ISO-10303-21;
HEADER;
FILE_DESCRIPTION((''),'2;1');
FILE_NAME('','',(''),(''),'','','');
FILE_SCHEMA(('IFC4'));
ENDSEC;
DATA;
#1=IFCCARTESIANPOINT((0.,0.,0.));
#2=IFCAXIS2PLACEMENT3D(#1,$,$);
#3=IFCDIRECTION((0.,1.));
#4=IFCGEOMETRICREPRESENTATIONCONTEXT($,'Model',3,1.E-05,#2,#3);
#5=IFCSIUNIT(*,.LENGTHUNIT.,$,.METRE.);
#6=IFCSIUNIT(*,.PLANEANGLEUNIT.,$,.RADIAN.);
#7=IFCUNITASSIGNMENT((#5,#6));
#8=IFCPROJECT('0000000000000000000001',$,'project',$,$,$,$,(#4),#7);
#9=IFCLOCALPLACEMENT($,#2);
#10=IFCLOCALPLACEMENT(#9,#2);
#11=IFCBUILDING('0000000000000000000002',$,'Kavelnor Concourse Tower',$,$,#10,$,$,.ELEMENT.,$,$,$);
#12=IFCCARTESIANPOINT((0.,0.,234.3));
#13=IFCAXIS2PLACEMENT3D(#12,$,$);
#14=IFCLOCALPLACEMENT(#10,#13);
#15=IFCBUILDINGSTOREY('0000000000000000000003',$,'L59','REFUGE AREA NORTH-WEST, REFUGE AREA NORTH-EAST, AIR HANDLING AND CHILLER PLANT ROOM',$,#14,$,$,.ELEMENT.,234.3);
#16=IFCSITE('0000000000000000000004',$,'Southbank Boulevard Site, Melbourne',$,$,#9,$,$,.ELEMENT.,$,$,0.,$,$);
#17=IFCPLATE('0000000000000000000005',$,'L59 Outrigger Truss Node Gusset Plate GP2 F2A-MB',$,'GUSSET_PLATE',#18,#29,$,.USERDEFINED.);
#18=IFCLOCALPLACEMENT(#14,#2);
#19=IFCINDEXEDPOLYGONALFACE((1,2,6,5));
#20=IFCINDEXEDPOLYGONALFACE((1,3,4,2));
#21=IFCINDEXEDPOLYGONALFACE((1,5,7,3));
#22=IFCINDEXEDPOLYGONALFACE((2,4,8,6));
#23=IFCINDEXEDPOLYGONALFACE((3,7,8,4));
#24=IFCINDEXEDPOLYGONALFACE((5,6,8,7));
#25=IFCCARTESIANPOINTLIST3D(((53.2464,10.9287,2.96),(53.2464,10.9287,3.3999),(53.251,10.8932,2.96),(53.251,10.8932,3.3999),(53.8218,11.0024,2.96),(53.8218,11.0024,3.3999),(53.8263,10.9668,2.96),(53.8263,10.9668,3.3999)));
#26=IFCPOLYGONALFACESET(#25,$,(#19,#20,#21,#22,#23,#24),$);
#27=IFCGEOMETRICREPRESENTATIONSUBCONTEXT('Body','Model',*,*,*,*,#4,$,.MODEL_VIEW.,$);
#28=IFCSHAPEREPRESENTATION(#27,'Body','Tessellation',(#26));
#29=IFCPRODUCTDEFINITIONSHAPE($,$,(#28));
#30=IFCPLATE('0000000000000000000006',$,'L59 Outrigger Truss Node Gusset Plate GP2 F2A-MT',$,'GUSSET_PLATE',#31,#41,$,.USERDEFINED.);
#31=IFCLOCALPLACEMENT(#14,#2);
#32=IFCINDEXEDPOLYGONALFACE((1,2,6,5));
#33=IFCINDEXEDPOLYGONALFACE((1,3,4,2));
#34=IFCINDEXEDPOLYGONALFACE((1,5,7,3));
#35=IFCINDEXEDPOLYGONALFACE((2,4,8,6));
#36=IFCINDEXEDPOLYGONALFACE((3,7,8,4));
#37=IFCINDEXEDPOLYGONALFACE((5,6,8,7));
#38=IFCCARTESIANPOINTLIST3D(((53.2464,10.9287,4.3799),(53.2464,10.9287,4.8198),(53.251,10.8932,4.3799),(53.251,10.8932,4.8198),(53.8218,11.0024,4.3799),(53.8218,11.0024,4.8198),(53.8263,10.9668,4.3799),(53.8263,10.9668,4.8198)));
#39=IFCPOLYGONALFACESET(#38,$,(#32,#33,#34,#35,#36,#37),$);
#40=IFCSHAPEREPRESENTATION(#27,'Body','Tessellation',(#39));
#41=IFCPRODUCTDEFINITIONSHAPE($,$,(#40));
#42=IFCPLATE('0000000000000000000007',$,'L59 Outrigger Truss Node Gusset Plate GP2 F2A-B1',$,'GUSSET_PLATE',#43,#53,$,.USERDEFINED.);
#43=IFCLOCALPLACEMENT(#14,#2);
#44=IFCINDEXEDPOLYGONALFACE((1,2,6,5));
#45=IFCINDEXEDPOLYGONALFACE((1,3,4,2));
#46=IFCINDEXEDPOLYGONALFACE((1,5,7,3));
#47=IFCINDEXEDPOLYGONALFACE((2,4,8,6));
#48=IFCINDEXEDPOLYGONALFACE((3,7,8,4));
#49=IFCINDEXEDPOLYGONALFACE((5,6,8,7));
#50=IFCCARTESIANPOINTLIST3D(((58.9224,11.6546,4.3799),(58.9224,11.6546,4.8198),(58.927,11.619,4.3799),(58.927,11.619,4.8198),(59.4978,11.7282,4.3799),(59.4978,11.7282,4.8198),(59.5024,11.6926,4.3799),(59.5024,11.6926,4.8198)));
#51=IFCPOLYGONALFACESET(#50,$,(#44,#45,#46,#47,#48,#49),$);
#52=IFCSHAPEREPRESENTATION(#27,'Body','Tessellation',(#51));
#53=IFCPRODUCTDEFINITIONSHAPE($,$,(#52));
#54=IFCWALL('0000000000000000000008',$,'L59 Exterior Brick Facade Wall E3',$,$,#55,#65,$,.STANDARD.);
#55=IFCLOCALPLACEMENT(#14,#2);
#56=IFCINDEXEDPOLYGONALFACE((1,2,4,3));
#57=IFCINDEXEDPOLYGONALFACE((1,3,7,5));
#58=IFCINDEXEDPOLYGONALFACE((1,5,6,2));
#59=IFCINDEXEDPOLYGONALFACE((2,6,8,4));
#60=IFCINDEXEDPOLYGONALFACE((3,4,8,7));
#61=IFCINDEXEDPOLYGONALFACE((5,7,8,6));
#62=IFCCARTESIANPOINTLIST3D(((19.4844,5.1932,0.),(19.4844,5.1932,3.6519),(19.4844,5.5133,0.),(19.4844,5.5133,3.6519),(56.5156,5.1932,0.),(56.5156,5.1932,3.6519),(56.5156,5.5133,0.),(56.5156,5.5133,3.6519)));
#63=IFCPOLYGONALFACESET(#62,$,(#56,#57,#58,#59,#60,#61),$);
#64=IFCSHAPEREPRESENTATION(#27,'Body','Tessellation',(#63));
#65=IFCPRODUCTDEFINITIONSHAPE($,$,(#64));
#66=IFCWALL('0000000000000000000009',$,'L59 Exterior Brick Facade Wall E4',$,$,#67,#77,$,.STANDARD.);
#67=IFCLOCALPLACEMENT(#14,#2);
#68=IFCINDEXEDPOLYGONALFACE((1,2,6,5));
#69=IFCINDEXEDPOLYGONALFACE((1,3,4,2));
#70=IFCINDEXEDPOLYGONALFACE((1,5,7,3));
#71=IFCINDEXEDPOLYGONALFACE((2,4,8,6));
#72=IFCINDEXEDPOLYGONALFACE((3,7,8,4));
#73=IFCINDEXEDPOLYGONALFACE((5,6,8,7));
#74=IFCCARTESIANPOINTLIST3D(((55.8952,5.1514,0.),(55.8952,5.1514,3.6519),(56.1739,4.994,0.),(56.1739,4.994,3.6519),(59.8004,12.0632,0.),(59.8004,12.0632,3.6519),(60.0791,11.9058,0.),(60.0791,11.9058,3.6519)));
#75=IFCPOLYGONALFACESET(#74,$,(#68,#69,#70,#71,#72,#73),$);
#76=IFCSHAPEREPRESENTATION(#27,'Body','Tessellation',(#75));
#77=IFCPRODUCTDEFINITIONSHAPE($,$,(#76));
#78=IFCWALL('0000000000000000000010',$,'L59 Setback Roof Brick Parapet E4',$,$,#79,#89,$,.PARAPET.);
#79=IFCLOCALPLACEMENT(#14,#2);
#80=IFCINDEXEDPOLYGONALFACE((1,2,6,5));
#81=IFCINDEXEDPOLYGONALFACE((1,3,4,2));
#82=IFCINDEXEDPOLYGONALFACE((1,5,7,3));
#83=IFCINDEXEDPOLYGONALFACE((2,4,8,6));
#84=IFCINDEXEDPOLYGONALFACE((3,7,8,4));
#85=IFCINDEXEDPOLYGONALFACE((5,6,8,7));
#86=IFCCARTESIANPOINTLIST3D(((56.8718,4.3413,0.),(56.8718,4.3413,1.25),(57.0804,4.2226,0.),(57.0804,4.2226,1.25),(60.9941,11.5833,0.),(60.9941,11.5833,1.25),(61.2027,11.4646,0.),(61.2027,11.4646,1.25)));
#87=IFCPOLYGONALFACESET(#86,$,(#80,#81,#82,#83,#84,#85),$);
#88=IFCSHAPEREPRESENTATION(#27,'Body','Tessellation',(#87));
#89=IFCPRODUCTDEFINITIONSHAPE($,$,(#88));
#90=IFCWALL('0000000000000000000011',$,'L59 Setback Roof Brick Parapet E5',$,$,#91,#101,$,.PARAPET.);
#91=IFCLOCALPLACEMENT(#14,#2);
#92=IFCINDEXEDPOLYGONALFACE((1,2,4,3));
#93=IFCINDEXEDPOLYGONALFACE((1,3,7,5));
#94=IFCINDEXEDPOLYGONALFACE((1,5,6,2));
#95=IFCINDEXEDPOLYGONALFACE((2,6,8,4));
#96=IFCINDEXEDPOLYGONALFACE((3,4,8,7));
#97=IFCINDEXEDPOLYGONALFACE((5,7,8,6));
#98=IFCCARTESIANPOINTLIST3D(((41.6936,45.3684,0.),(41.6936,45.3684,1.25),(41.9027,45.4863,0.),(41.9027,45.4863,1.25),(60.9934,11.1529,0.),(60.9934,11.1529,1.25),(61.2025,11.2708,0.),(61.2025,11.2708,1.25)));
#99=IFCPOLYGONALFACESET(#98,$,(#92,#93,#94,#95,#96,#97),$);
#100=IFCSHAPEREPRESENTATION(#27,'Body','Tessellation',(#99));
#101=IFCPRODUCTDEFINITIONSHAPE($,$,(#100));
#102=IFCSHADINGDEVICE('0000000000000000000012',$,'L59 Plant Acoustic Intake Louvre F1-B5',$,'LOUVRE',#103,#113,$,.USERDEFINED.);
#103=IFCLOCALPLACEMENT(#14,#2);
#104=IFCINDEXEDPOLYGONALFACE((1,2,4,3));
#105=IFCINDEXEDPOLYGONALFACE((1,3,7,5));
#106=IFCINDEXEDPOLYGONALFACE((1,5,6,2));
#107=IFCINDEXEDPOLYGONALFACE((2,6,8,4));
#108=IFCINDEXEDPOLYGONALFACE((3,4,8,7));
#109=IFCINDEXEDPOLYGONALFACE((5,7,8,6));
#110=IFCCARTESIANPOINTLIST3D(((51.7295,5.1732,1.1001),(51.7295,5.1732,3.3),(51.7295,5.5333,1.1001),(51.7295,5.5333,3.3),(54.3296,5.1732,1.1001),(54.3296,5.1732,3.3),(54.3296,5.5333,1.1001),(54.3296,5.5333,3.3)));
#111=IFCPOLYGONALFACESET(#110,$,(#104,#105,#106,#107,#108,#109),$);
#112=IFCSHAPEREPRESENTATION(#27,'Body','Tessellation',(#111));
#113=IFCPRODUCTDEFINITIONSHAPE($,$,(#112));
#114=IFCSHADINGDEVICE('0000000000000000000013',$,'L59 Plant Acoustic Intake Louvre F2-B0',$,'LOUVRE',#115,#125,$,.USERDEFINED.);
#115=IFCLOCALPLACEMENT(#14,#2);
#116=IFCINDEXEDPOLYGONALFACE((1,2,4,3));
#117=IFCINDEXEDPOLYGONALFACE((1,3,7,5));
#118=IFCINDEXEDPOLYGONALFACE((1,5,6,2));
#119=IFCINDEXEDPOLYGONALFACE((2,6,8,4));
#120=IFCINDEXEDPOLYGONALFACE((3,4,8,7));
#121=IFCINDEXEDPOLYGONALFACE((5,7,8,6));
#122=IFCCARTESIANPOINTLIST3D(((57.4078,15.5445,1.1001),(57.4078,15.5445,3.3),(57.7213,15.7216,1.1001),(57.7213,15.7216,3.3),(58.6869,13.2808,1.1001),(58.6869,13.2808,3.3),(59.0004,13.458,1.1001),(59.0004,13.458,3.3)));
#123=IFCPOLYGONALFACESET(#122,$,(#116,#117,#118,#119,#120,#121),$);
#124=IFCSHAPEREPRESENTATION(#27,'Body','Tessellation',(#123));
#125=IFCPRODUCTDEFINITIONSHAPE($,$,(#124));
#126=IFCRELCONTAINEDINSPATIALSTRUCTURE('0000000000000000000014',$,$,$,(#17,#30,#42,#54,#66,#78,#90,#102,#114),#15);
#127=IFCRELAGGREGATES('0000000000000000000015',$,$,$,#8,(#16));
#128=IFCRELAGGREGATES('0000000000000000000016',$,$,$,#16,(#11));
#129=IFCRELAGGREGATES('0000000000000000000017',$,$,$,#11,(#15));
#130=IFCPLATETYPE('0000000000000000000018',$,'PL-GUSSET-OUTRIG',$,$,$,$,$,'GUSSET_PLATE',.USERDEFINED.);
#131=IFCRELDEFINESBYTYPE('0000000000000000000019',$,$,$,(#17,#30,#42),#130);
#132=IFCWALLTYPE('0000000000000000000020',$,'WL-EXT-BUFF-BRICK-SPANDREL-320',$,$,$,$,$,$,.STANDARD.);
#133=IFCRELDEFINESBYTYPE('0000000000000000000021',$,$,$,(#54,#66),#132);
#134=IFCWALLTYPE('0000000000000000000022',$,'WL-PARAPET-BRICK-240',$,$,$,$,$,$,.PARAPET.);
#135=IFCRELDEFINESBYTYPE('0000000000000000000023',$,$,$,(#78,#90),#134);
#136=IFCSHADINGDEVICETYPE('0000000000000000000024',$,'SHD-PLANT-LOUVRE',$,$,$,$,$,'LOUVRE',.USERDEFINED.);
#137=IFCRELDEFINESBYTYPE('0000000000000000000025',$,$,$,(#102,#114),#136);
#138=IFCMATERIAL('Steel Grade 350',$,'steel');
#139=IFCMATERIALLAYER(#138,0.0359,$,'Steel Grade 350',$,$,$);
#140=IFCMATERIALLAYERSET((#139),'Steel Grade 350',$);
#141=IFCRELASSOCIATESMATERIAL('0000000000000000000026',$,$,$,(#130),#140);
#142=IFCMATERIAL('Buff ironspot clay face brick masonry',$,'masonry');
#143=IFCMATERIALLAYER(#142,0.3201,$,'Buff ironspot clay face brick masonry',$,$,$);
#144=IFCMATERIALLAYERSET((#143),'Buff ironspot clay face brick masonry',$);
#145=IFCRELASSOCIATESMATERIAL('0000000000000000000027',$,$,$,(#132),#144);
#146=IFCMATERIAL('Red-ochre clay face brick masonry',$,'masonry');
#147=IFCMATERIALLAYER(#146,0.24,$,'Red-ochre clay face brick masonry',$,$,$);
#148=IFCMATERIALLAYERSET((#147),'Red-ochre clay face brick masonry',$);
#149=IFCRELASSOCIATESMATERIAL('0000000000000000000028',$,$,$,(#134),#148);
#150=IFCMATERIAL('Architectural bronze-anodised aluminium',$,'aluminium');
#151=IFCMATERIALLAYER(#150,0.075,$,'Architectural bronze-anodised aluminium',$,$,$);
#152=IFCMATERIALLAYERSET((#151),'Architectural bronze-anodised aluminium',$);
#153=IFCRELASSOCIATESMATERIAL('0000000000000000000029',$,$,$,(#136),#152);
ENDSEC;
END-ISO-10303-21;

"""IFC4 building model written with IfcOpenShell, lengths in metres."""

from ifc_helpers import new_model, si_unit, direction, frame, frame_2d, origin, origin_2d, place, context, subcontext, project, spatial, rectangle, extrude, material, layer, layer_set, type_object, element, save


model = new_model("IFC4")

# Units and contexts
model_context = context("Model", 3, precision=1e-05, world=origin(), true_north=direction((0.0, 1.0)))
body_context = subcontext(model_context, "Body", "Model", "MODEL_VIEW")
ifc_project = project(units=[si_unit("LENGTHUNIT", "METRE"), si_unit("PLANEANGLEUNIT", "RADIAN")], contexts=[model_context])

# Site, building, storey
site_placement = place(None, origin())
site = spatial("IfcSite", under=ifc_project, at=site_placement, Name="Southbank Boulevard Site, Melbourne", CompositionType="ELEMENT", RefElevation=0.0)
building_placement = place(site_placement, origin())
building = spatial("IfcBuilding", under=site, at=building_placement, Name="Kavelnor Concourse Tower", CompositionType="ELEMENT")
storey_placement = place(building_placement, frame((0.0, 0.0, 234.3)))
storey = spatial("IfcBuildingStorey", under=building, at=storey_placement, Name="L59", Description="REFUGE AREA NORTH-WEST, REFUGE AREA NORTH-EAST, AIR HANDLING AND CHILLER PLANT ROOM", CompositionType="ELEMENT", Elevation=234.3)

# Shared definitions
ifc_material_1 = material(Name="Steel Grade 350", Category="steel")

# Plates
ifc_layer_1 = layer(ifc_material_1, 0.0359, Name="Steel Grade 350")
ifc_layer_set_1 = layer_set([ifc_layer_1], Name="Steel Grade 350")
plate_type = type_object("IfcPlateType", Name="PL-GUSSET-OUTRIG", ElementType="GUSSET_PLATE", PredefinedType="USERDEFINED", material=ifc_layer_set_1)
for number, where, z_axis, x_axis, name in (
    (1, (53.5364, 10.9478, 2.96), (0.0, 0.0, 1.0), (0.991917, 0.126891, 0.0), "L59 Outrigger Truss Node Gusset Plate GP2 F2A-MB"),
    (2, (53.5364, 10.9478, 4.3799), (0.0, 0.0, 1.0), (0.991917, 0.126891, 0.0), "L59 Outrigger Truss Node Gusset Plate GP2 F2A-MT"),
    (3, (59.2124, 11.6736, 4.3799), (0.0, 0.0, 1.0), (0.991917, 0.126891, 0.0), "L59 Outrigger Truss Node Gusset Plate GP2 F2A-B1"),
):
    element("IfcPlate", number, at=place(storey_placement, frame(where, z_axis=z_axis, x_axis=x_axis)), inside=storey, type_object=plate_type, Name=name, ObjectType="GUSSET_PLATE", PredefinedType="USERDEFINED", context=body_context, shape_type="SweptSolid", body=[
        extrude(rectangle(XDim=0.5801, YDim=0.0359, at=origin_2d()), origin(), (0.0, 0.0, 1.0), 0.4399),
    ])

# Walls
ifc_material_2 = material(Name="Buff ironspot clay face brick masonry", Category="masonry")
ifc_layer_2 = layer(ifc_material_2, 0.3201, Name="Buff ironspot clay face brick masonry")
ifc_layer_set_2 = layer_set([ifc_layer_2], Name="Buff ironspot clay face brick masonry")
wall_type_1 = type_object("IfcWallType", Name="WL-EXT-BUFF-BRICK-SPANDREL-320", PredefinedType="STANDARD", material=ifc_layer_set_2)
wall_1_placement = place(storey_placement, frame((56.5156, 5.3533, 0.0), z_axis=(0.0, 0.0, 1.0), x_axis=(-1.0, 0.0, 0.0)))
element("IfcWall", 4, at=wall_1_placement, inside=storey, type_object=wall_type_1, Name="L59 Exterior Brick Facade Wall E3", PredefinedType="STANDARD", context=body_context, shape_type="SweptSolid", body=[
    extrude(rectangle(XDim=37.0312, YDim=0.3201, at=frame_2d((18.5156, 0.0))), origin(), (0.0, 0.0, 1.0), 3.6519),
])
wall_2_placement = place(storey_placement, frame((59.9397, 11.9844, 0.0), z_axis=(0.0, 0.0, 1.0), x_axis=(-0.49192, -0.87064, 0.0)))
element("IfcWall", 5, at=wall_2_placement, inside=storey, type_object=wall_type_1, Name="L59 Exterior Brick Facade Wall E4", PredefinedType="STANDARD", context=body_context, shape_type="SweptSolid", body=[
    extrude(rectangle(XDim=7.9387, YDim=0.3201, at=frame_2d((3.9692, 0.0))), origin(), (0.0, 0.0, 1.0), 3.6519),
])
ifc_material_3 = material(Name="Red-ochre clay face brick masonry", Category="masonry")
ifc_layer_3 = layer(ifc_material_3, 0.24, Name="Red-ochre clay face brick masonry")
ifc_layer_set_3 = layer_set([ifc_layer_3], Name="Red-ochre clay face brick masonry")
wall_type_2 = type_object("IfcWallType", Name="WL-PARAPET-BRICK-240", PredefinedType="PARAPET", material=ifc_layer_set_3)
wall_3_placement = place(storey_placement, frame((56.9761, 4.282, 0.0), z_axis=(0.0, 0.0, 1.0), x_axis=(0.494696, 0.869066, 0.0)))
element("IfcWall", 6, at=wall_3_placement, inside=storey, type_object=wall_type_2, Name="L59 Setback Roof Brick Parapet E4", PredefinedType="PARAPET", context=body_context, shape_type="SweptSolid", body=[
    extrude(rectangle(XDim=8.333, YDim=0.24, at=frame_2d((4.1665, 0.0))), origin(), (0.0, 0.0, 1.0), 1.25),
])
wall_4_placement = place(storey_placement, frame((61.0979, 11.2119, 0.0), z_axis=(0.0, 0.0, 1.0), x_axis=(-0.491296, 0.870993, 0.0)))
element("IfcWall", 7, at=wall_4_placement, inside=storey, type_object=wall_type_2, Name="L59 Setback Roof Brick Parapet E5", PredefinedType="PARAPET", context=body_context, shape_type="SweptSolid", body=[
    extrude(rectangle(XDim=39.2834, YDim=0.24, at=frame_2d((19.6416, 0.0))), origin(), (0.0, 0.0, 1.0), 1.25),
])

# Shading devices
ifc_material_4 = material(Name="Architectural bronze-anodised aluminium", Category="aluminium")
ifc_layer_4 = layer(ifc_material_4, 0.075, Name="Architectural bronze-anodised aluminium")
ifc_layer_set_4 = layer_set([ifc_layer_4], Name="Architectural bronze-anodised aluminium")
shading_device_type = type_object("IfcShadingDeviceType", Name="SHD-PLANT-LOUVRE", ElementType="LOUVRE", PredefinedType="USERDEFINED", material=ifc_layer_set_4)
for number, where, z_axis, x_axis, name in (
    (8, (53.0295, 5.3533, 1.1001), (0.0, 0.0, 1.0), (-1.0, 0.0, 0.0), "L59 Plant Acoustic Intake Louvre F1-B5"),
    (9, (58.2041, 14.5012, 1.1001), (0.0, 0.0, 1.0), (0.491968, -0.870613, 0.0), "L59 Plant Acoustic Intake Louvre F2-B0"),
):
    element("IfcShadingDevice", number, at=place(storey_placement, frame(where, z_axis=z_axis, x_axis=x_axis)), inside=storey, type_object=shading_device_type, Name=name, ObjectType="LOUVRE", PredefinedType="USERDEFINED", context=body_context, shape_type="SweptSolid", body=[
        extrude(rectangle(XDim=2.6001, YDim=0.3601, at=origin_2d()), origin(), (0.0, 0.0, 1.0), 2.2),
    ])

save(model, "model.ifc")
